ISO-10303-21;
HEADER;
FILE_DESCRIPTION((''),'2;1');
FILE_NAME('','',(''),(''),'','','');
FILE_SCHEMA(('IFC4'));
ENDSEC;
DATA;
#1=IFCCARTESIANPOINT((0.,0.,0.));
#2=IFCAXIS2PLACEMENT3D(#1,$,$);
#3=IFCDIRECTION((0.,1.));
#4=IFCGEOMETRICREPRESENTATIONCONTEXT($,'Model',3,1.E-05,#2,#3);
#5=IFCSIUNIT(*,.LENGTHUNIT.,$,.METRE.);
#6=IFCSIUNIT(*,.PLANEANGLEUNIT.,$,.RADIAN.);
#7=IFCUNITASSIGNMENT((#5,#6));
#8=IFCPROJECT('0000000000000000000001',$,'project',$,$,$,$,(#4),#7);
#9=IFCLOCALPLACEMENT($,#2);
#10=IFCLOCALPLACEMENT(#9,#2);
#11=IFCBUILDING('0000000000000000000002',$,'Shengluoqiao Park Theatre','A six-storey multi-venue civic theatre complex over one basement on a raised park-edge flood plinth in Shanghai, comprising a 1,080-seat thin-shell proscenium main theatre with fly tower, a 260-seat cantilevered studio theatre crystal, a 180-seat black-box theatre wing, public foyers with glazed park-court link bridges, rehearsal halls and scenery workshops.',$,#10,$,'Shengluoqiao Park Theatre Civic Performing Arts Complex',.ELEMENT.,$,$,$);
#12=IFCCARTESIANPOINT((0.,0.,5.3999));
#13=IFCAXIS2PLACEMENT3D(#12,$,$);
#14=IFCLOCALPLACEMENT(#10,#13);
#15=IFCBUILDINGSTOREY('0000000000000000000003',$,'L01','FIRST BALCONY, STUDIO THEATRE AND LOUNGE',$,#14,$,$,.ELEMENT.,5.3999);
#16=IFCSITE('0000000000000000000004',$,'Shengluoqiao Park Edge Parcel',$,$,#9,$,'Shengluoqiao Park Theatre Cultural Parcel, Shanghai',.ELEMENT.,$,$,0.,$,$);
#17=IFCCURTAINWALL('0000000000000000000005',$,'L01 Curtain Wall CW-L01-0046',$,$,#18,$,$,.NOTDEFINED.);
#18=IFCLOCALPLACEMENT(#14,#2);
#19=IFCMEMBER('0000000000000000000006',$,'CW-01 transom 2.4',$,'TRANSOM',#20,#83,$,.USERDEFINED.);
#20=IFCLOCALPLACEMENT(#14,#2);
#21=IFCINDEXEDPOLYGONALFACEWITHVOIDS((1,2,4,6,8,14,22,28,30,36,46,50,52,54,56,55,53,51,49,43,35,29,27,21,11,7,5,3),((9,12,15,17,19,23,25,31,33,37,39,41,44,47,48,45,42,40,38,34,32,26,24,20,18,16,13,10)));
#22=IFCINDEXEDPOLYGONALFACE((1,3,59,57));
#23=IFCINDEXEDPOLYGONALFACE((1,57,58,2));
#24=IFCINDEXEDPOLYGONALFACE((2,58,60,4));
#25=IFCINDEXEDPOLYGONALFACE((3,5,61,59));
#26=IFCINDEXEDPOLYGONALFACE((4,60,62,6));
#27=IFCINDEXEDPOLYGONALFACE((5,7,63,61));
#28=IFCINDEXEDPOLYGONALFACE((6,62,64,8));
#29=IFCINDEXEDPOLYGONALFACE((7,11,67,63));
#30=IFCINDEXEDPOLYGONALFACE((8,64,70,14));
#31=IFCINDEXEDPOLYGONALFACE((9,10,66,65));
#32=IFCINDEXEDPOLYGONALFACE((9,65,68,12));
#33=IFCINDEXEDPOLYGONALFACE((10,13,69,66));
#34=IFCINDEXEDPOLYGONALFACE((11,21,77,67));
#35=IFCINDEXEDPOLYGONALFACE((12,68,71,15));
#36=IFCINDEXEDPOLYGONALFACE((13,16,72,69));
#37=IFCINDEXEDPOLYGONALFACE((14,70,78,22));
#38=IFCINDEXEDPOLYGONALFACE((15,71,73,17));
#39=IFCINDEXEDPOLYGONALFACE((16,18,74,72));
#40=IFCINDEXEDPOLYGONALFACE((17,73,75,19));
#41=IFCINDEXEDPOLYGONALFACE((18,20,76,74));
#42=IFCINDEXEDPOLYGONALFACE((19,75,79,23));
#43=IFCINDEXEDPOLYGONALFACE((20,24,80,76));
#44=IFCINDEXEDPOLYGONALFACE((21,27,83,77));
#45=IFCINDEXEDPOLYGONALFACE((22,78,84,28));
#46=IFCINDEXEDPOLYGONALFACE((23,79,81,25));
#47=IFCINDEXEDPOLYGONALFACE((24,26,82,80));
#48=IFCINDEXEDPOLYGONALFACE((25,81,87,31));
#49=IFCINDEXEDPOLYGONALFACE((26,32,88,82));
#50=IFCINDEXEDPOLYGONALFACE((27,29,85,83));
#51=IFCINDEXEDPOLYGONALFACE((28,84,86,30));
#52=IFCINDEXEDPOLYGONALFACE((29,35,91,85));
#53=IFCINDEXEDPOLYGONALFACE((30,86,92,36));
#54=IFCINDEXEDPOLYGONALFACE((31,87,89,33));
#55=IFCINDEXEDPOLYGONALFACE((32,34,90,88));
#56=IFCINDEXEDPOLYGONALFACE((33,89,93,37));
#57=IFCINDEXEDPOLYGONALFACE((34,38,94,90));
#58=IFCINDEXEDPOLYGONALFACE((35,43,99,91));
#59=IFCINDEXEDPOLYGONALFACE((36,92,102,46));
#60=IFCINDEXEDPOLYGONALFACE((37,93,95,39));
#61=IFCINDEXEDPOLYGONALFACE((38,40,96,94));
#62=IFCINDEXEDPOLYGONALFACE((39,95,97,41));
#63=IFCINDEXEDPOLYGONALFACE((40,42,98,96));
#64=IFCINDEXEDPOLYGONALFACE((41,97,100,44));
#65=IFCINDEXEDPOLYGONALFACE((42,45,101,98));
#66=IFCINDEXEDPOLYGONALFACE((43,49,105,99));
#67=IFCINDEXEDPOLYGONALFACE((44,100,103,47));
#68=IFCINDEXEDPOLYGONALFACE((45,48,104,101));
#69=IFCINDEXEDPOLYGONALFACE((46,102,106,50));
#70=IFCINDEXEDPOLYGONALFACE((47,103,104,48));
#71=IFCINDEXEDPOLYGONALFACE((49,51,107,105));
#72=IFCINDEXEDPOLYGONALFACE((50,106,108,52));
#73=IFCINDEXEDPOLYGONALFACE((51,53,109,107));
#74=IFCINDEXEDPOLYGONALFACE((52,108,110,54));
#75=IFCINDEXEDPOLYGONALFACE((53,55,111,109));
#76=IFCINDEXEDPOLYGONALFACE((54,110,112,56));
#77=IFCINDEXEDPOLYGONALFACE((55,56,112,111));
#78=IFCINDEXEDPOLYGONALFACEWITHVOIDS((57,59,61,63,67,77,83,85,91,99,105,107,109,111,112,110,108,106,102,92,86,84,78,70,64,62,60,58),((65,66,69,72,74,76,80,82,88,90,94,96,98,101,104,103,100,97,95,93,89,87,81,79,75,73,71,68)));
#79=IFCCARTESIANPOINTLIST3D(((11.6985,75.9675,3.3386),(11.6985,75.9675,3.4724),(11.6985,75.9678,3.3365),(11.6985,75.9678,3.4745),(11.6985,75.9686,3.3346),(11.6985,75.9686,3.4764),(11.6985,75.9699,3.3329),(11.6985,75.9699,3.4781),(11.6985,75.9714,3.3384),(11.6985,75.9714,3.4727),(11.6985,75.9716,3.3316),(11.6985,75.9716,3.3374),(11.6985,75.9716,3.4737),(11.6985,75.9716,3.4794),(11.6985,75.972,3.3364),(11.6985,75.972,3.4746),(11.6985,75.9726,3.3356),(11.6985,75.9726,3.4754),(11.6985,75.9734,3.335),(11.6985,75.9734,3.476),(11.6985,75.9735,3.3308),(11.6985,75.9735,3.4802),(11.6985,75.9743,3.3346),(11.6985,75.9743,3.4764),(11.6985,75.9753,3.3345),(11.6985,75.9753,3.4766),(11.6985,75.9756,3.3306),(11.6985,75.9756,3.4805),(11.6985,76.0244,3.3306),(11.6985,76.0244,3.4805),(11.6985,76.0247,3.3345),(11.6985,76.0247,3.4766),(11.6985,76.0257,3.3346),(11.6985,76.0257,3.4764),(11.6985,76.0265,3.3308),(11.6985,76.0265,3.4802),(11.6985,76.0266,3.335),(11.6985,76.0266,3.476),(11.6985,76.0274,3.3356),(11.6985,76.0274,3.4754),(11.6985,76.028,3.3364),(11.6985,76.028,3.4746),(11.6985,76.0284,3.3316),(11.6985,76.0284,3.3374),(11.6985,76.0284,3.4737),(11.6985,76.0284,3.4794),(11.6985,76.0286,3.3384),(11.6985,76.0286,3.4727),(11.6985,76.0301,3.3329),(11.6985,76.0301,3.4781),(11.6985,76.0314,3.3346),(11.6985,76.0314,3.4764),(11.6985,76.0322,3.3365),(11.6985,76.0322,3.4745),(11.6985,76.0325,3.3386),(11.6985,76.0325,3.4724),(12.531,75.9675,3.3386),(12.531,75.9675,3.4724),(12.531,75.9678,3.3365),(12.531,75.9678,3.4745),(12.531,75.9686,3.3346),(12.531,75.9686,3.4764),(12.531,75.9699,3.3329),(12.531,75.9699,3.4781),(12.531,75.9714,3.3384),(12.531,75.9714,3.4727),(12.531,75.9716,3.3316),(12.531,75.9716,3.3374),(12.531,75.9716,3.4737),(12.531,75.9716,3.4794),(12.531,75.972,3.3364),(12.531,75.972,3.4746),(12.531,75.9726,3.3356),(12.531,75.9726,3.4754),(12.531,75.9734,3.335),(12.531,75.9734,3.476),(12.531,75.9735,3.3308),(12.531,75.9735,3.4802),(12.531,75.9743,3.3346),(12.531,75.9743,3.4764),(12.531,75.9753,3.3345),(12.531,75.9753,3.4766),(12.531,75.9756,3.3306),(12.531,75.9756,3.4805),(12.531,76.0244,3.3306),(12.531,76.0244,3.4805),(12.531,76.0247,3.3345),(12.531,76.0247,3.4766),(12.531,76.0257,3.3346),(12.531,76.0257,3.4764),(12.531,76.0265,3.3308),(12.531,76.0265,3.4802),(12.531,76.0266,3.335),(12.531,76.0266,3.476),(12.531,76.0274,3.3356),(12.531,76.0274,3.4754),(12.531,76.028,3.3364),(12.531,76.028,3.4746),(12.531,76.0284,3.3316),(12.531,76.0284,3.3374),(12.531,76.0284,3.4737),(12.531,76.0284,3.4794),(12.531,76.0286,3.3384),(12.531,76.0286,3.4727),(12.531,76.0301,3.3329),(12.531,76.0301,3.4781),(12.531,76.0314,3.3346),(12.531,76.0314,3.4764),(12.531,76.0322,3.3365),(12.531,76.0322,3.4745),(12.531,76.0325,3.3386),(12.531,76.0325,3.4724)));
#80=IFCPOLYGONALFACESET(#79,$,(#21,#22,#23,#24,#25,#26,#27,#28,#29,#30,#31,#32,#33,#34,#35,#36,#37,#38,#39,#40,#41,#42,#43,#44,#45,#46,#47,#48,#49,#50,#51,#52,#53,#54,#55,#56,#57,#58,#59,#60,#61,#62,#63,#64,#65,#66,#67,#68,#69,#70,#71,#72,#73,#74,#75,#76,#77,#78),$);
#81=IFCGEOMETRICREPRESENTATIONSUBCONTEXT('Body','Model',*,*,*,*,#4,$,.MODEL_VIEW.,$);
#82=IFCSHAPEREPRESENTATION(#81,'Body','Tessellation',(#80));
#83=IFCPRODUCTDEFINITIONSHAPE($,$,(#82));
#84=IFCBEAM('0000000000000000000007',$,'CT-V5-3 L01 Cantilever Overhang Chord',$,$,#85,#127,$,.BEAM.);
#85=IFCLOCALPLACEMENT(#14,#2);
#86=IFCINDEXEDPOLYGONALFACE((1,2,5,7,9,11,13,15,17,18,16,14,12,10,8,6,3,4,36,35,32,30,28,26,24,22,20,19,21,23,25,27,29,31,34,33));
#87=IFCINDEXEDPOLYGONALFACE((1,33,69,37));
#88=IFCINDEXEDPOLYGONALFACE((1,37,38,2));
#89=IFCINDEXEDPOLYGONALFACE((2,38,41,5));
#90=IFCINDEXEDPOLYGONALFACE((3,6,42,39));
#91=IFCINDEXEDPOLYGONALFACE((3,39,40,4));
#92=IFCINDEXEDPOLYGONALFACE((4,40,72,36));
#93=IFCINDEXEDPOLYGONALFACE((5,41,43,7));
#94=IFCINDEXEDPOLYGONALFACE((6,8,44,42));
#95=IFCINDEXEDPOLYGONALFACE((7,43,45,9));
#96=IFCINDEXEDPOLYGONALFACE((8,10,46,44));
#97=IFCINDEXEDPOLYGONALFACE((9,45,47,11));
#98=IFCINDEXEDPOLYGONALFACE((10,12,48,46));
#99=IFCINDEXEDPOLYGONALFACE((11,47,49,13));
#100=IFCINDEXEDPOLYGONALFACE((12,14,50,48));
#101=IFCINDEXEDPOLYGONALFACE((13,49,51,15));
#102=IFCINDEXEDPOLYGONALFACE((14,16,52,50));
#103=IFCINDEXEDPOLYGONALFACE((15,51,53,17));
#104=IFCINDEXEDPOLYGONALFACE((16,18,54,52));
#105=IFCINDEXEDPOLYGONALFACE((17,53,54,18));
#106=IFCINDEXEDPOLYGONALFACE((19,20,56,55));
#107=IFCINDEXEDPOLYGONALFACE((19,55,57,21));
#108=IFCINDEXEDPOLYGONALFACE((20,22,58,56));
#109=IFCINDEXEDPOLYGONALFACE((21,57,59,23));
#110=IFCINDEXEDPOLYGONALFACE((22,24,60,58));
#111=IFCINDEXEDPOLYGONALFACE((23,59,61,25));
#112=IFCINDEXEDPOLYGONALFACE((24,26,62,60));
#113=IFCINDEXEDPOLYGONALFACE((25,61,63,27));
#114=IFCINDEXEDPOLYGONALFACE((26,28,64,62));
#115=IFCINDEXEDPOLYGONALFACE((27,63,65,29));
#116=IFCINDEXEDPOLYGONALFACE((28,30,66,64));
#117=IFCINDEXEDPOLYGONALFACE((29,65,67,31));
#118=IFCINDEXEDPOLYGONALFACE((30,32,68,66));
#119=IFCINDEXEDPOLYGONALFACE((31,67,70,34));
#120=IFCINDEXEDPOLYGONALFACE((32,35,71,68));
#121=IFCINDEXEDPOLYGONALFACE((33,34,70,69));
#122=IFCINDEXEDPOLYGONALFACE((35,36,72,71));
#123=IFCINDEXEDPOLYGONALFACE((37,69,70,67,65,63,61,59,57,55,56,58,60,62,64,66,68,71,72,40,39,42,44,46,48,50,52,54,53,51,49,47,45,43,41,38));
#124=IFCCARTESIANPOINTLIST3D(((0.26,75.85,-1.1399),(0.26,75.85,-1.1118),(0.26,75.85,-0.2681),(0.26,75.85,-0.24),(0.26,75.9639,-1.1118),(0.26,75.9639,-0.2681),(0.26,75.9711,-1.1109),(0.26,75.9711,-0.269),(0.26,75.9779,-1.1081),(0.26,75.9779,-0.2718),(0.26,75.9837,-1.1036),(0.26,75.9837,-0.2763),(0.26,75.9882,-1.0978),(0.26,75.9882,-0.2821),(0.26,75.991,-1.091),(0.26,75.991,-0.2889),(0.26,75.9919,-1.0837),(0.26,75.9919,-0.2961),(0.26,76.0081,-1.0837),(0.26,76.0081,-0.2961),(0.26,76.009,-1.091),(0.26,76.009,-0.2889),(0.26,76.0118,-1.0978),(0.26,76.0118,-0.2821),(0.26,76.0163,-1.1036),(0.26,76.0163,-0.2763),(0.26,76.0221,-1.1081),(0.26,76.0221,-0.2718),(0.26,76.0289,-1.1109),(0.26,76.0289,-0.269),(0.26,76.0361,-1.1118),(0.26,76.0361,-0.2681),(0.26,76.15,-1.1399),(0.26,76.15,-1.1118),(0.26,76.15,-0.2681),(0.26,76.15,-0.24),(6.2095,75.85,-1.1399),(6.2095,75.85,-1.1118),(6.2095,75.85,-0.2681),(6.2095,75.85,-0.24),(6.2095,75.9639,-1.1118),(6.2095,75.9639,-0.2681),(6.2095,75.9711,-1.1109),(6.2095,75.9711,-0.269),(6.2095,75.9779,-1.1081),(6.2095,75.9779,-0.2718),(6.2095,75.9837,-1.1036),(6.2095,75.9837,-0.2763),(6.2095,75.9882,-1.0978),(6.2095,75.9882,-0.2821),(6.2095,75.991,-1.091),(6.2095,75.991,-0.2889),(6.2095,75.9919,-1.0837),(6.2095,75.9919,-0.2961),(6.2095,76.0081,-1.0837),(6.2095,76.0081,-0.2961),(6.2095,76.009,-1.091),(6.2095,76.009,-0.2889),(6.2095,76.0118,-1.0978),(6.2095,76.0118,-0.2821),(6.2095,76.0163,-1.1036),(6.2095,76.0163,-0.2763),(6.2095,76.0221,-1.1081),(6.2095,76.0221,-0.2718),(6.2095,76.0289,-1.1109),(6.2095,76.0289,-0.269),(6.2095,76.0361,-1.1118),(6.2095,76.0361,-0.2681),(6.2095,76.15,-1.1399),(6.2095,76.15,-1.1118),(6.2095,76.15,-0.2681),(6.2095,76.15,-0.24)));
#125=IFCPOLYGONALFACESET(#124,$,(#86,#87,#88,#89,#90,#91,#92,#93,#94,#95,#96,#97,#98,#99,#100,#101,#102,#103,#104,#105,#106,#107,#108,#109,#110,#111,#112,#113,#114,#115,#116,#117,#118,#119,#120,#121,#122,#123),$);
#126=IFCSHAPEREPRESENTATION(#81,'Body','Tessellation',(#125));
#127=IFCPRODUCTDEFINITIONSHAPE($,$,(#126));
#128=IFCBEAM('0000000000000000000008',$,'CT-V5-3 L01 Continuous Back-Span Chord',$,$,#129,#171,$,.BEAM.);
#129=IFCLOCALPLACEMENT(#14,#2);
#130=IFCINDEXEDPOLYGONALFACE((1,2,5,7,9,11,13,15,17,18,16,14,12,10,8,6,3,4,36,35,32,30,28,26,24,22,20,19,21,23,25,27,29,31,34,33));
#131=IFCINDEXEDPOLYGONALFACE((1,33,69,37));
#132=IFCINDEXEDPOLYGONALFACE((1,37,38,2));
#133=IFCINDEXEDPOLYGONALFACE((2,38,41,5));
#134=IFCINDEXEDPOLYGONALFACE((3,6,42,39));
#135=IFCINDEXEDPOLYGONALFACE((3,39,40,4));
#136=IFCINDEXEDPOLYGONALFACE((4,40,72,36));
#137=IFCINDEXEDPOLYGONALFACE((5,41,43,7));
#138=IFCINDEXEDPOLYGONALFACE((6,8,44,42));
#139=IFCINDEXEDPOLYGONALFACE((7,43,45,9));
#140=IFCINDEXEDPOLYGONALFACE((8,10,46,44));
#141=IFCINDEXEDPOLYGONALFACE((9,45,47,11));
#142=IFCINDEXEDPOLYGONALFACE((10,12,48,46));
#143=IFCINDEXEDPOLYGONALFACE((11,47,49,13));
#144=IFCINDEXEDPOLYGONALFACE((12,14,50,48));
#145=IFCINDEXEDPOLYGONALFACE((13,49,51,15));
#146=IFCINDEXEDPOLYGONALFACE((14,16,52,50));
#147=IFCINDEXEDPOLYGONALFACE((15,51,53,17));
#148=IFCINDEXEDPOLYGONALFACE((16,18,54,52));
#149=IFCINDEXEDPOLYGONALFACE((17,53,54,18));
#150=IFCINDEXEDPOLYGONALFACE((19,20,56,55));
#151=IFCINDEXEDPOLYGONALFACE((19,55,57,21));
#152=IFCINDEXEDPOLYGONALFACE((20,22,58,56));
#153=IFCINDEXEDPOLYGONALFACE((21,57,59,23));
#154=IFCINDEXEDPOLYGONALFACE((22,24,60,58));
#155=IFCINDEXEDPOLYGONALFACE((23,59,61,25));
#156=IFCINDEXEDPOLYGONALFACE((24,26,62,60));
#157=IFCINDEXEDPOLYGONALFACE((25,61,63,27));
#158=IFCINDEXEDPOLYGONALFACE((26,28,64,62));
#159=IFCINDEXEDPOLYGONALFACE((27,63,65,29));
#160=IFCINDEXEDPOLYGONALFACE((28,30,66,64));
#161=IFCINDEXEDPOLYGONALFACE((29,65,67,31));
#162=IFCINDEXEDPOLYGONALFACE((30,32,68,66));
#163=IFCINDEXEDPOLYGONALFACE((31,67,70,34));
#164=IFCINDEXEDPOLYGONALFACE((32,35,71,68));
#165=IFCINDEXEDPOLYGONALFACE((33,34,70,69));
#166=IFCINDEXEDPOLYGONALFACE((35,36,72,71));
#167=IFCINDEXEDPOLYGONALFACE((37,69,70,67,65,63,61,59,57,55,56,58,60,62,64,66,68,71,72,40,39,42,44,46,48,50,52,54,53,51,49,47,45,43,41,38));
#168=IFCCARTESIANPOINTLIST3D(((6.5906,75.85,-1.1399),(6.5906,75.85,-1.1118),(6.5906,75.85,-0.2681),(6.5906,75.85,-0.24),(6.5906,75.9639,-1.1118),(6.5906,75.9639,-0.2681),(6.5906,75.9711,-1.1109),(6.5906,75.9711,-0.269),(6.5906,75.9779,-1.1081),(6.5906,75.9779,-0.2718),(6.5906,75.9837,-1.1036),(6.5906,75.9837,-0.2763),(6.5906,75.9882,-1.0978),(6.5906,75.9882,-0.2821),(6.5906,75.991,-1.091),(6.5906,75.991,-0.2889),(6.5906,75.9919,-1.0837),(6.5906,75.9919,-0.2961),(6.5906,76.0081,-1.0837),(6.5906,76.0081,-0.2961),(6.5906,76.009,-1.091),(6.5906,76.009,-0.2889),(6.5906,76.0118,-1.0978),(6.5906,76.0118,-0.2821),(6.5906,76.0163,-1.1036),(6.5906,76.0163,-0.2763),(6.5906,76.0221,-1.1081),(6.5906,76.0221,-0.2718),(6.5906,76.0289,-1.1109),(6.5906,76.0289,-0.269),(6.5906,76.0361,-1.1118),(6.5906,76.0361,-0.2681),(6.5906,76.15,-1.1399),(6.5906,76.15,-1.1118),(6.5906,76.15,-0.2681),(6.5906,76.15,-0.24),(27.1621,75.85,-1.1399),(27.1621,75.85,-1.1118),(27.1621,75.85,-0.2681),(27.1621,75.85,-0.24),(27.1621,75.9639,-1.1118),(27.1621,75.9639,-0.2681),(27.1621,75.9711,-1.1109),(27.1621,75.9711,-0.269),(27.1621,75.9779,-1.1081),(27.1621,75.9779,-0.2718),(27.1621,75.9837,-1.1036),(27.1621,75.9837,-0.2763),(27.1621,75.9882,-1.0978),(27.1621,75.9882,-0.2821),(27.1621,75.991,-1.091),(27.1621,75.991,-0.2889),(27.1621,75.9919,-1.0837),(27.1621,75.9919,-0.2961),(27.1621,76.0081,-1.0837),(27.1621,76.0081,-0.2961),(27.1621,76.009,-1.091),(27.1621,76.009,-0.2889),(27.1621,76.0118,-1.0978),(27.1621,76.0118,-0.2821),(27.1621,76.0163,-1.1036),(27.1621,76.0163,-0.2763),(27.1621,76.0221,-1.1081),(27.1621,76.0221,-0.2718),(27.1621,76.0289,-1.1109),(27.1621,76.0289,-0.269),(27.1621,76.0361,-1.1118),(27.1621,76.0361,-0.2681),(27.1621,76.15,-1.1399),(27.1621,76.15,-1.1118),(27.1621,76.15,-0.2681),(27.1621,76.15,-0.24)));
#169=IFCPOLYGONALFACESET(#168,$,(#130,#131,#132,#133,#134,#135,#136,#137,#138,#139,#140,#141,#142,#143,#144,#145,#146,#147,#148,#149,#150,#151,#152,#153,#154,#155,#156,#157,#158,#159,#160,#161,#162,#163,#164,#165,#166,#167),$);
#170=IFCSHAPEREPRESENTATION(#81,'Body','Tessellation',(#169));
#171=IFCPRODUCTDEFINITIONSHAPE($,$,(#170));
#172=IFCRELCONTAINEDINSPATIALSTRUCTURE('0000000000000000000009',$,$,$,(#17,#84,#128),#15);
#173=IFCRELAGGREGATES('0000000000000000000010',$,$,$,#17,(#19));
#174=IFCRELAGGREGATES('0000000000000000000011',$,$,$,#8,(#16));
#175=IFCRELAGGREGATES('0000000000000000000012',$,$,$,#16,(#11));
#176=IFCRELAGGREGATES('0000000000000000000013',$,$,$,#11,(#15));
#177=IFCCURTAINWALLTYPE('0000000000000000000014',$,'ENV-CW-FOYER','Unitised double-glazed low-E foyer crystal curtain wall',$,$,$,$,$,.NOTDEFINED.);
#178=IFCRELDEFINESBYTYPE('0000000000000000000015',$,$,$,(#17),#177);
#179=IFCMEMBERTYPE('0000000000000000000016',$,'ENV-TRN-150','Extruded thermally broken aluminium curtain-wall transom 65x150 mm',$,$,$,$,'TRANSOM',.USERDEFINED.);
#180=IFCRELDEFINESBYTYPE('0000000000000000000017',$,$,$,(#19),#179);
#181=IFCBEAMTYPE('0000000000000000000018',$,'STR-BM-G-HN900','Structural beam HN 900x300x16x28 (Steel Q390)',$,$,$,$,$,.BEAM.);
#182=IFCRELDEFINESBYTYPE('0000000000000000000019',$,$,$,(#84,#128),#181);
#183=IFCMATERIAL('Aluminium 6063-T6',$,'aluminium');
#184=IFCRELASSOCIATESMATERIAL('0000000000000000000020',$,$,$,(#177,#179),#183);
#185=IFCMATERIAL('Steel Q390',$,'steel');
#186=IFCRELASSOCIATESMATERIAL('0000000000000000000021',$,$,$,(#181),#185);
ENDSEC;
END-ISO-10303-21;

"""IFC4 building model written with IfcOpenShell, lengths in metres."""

from ifc_helpers import new_model, si_unit, direction, frame, origin, origin_2d, place, context, subcontext, project, spatial, hollow_rectangle, i_section, extrude, material, material_profile, profile_set, type_object, element, aggregate, save


model = new_model("IFC4")

# Units and contexts
model_context = context("Model", 3, precision=1e-05, world=origin(), true_north=direction((0.0, 1.0)))
body_context = subcontext(model_context, "Body", "Model", "MODEL_VIEW")
ifc_project = project(units=[si_unit("LENGTHUNIT", "METRE"), si_unit("PLANEANGLEUNIT", "RADIAN")], contexts=[model_context])

# Site, building, storey
site_placement = place(None, origin())
site = spatial("IfcSite", under=ifc_project, at=site_placement, Name="Shengluoqiao Park Edge Parcel", LongName="Shengluoqiao Park Theatre Cultural Parcel, Shanghai", CompositionType="ELEMENT", RefElevation=0.0)
building_placement = place(site_placement, origin())
building = spatial("IfcBuilding", under=site, at=building_placement, Name="Shengluoqiao Park Theatre", Description="A six-storey multi-venue civic theatre complex over one basement on a raised park-edge flood plinth in Shanghai, comprising a 1,080-seat thin-shell proscenium main theatre with fly tower, a 260-seat cantilevered studio theatre crystal, a 180-seat black-box theatre wing, public foyers with glazed park-court link bridges, rehearsal halls and scenery workshops.", LongName="Shengluoqiao Park Theatre Civic Performing Arts Complex", CompositionType="ELEMENT")
storey_placement = place(building_placement, frame((0.0, 0.0, 5.3999)))
storey = spatial("IfcBuildingStorey", under=building, at=storey_placement, Name="L01", Description="FIRST BALCONY, STUDIO THEATRE AND LOUNGE", CompositionType="ELEMENT", Elevation=5.3999)

# Curtain wall
ifc_material_1 = material(Name="Aluminium 6063-T6", Category="aluminium")
curtain_wall_type = type_object("IfcCurtainWallType", Name="ENV-CW-FOYER", Description="Unitised double-glazed low-E foyer crystal curtain wall", PredefinedType="NOTDEFINED", material=ifc_material_1)
curtain_wall_1_placement = place(storey_placement, origin())
curtain_wall_1 = element("IfcCurtainWall", 1, at=curtain_wall_1_placement, inside=storey, type_object=curtain_wall_type, Name="L01 Curtain Wall CW-L01-0046", PredefinedType="NOTDEFINED")

# Member
ifc_material_profile_1 = material_profile(ifc_material_1, hollow_rectangle(XDim=0.0649, YDim=0.1499, WallThickness=0.0039, InnerFilletRadius=0.0039, OuterFilletRadius=0.0081, at=origin_2d()), Name="ALU TRANSOM 150x65x4")
ifc_profile_set_1 = profile_set([ifc_material_profile_1], Name="Aluminium 6063-T6")
member_type_1 = type_object("IfcMemberType", Name="ENV-TRN-150", Description="Extruded thermally broken aluminium curtain-wall transom 65x150 mm", ElementType="TRANSOM", PredefinedType="USERDEFINED", material=ifc_profile_set_1)
member_1_placement = place(storey_placement, frame((11.6985, 76.0, 3.4055), z_axis=(1.0, 0.0, 0.0), x_axis=(0.0, 1.0, 0.0)))
member_1 = element("IfcMember", 2, at=member_1_placement, type_object=member_type_1, Name="CW-01 transom 2.4", ObjectType="TRANSOM", PredefinedType="USERDEFINED", context=body_context, shape_type="SweptSolid", body=[
    extrude(hollow_rectangle(XDim=0.0649, YDim=0.1499, WallThickness=0.0039, InnerFilletRadius=0.0039, OuterFilletRadius=0.0081, at=origin_2d()), origin(), (0.0, 0.0, 1.0), 0.8325),
])

# Beams
ifc_material_2 = material(Name="Steel Q390", Category="steel")
ifc_material_profile_2 = material_profile(ifc_material_2, i_section(OverallWidth=0.3, OverallDepth=0.8999, WebThickness=0.0161, FlangeThickness=0.0281, FilletRadius=0.0281, at=origin_2d()), Name="HN 900x300x16x28")
ifc_profile_set_2 = profile_set([ifc_material_profile_2], Name="Steel Q390")
beam_type = type_object("IfcBeamType", Name="STR-BM-G-HN900", Description="Structural beam HN 900x300x16x28 (Steel Q390)", PredefinedType="BEAM", material=ifc_profile_set_2)
beam_1_placement = place(storey_placement, frame((0.26, 76.0, -0.6899), z_axis=(1.0, 0.0, 0.0), x_axis=(0.0, 1.0, 0.0)))
element("IfcBeam", 3, at=beam_1_placement, inside=storey, type_object=beam_type, Name="CT-V5-3 L01 Cantilever Overhang Chord", PredefinedType="BEAM", context=body_context, shape_type="SweptSolid", body=[
    extrude(i_section(OverallWidth=0.3, OverallDepth=0.8999, WebThickness=0.0161, FlangeThickness=0.0281, FilletRadius=0.0281, at=origin_2d()), origin(), (0.0, 0.0, 1.0), 5.9495),
])
beam_2_placement = place(storey_placement, frame((6.5906, 76.0, -0.6899), z_axis=(1.0, 0.0, 0.0), x_axis=(0.0, 1.0, 0.0)))
element("IfcBeam", 4, at=beam_2_placement, inside=storey, type_object=beam_type, Name="CT-V5-3 L01 Continuous Back-Span Chord", PredefinedType="BEAM", context=body_context, shape_type="SweptSolid", body=[
    extrude(i_section(OverallWidth=0.3, OverallDepth=0.8999, WebThickness=0.0161, FlangeThickness=0.0281, FilletRadius=0.0281, at=origin_2d()), origin(), (0.0, 0.0, 1.0), 20.5715),
])

aggregate(curtain_wall_1, [member_1])

save(model, "model.ifc")
